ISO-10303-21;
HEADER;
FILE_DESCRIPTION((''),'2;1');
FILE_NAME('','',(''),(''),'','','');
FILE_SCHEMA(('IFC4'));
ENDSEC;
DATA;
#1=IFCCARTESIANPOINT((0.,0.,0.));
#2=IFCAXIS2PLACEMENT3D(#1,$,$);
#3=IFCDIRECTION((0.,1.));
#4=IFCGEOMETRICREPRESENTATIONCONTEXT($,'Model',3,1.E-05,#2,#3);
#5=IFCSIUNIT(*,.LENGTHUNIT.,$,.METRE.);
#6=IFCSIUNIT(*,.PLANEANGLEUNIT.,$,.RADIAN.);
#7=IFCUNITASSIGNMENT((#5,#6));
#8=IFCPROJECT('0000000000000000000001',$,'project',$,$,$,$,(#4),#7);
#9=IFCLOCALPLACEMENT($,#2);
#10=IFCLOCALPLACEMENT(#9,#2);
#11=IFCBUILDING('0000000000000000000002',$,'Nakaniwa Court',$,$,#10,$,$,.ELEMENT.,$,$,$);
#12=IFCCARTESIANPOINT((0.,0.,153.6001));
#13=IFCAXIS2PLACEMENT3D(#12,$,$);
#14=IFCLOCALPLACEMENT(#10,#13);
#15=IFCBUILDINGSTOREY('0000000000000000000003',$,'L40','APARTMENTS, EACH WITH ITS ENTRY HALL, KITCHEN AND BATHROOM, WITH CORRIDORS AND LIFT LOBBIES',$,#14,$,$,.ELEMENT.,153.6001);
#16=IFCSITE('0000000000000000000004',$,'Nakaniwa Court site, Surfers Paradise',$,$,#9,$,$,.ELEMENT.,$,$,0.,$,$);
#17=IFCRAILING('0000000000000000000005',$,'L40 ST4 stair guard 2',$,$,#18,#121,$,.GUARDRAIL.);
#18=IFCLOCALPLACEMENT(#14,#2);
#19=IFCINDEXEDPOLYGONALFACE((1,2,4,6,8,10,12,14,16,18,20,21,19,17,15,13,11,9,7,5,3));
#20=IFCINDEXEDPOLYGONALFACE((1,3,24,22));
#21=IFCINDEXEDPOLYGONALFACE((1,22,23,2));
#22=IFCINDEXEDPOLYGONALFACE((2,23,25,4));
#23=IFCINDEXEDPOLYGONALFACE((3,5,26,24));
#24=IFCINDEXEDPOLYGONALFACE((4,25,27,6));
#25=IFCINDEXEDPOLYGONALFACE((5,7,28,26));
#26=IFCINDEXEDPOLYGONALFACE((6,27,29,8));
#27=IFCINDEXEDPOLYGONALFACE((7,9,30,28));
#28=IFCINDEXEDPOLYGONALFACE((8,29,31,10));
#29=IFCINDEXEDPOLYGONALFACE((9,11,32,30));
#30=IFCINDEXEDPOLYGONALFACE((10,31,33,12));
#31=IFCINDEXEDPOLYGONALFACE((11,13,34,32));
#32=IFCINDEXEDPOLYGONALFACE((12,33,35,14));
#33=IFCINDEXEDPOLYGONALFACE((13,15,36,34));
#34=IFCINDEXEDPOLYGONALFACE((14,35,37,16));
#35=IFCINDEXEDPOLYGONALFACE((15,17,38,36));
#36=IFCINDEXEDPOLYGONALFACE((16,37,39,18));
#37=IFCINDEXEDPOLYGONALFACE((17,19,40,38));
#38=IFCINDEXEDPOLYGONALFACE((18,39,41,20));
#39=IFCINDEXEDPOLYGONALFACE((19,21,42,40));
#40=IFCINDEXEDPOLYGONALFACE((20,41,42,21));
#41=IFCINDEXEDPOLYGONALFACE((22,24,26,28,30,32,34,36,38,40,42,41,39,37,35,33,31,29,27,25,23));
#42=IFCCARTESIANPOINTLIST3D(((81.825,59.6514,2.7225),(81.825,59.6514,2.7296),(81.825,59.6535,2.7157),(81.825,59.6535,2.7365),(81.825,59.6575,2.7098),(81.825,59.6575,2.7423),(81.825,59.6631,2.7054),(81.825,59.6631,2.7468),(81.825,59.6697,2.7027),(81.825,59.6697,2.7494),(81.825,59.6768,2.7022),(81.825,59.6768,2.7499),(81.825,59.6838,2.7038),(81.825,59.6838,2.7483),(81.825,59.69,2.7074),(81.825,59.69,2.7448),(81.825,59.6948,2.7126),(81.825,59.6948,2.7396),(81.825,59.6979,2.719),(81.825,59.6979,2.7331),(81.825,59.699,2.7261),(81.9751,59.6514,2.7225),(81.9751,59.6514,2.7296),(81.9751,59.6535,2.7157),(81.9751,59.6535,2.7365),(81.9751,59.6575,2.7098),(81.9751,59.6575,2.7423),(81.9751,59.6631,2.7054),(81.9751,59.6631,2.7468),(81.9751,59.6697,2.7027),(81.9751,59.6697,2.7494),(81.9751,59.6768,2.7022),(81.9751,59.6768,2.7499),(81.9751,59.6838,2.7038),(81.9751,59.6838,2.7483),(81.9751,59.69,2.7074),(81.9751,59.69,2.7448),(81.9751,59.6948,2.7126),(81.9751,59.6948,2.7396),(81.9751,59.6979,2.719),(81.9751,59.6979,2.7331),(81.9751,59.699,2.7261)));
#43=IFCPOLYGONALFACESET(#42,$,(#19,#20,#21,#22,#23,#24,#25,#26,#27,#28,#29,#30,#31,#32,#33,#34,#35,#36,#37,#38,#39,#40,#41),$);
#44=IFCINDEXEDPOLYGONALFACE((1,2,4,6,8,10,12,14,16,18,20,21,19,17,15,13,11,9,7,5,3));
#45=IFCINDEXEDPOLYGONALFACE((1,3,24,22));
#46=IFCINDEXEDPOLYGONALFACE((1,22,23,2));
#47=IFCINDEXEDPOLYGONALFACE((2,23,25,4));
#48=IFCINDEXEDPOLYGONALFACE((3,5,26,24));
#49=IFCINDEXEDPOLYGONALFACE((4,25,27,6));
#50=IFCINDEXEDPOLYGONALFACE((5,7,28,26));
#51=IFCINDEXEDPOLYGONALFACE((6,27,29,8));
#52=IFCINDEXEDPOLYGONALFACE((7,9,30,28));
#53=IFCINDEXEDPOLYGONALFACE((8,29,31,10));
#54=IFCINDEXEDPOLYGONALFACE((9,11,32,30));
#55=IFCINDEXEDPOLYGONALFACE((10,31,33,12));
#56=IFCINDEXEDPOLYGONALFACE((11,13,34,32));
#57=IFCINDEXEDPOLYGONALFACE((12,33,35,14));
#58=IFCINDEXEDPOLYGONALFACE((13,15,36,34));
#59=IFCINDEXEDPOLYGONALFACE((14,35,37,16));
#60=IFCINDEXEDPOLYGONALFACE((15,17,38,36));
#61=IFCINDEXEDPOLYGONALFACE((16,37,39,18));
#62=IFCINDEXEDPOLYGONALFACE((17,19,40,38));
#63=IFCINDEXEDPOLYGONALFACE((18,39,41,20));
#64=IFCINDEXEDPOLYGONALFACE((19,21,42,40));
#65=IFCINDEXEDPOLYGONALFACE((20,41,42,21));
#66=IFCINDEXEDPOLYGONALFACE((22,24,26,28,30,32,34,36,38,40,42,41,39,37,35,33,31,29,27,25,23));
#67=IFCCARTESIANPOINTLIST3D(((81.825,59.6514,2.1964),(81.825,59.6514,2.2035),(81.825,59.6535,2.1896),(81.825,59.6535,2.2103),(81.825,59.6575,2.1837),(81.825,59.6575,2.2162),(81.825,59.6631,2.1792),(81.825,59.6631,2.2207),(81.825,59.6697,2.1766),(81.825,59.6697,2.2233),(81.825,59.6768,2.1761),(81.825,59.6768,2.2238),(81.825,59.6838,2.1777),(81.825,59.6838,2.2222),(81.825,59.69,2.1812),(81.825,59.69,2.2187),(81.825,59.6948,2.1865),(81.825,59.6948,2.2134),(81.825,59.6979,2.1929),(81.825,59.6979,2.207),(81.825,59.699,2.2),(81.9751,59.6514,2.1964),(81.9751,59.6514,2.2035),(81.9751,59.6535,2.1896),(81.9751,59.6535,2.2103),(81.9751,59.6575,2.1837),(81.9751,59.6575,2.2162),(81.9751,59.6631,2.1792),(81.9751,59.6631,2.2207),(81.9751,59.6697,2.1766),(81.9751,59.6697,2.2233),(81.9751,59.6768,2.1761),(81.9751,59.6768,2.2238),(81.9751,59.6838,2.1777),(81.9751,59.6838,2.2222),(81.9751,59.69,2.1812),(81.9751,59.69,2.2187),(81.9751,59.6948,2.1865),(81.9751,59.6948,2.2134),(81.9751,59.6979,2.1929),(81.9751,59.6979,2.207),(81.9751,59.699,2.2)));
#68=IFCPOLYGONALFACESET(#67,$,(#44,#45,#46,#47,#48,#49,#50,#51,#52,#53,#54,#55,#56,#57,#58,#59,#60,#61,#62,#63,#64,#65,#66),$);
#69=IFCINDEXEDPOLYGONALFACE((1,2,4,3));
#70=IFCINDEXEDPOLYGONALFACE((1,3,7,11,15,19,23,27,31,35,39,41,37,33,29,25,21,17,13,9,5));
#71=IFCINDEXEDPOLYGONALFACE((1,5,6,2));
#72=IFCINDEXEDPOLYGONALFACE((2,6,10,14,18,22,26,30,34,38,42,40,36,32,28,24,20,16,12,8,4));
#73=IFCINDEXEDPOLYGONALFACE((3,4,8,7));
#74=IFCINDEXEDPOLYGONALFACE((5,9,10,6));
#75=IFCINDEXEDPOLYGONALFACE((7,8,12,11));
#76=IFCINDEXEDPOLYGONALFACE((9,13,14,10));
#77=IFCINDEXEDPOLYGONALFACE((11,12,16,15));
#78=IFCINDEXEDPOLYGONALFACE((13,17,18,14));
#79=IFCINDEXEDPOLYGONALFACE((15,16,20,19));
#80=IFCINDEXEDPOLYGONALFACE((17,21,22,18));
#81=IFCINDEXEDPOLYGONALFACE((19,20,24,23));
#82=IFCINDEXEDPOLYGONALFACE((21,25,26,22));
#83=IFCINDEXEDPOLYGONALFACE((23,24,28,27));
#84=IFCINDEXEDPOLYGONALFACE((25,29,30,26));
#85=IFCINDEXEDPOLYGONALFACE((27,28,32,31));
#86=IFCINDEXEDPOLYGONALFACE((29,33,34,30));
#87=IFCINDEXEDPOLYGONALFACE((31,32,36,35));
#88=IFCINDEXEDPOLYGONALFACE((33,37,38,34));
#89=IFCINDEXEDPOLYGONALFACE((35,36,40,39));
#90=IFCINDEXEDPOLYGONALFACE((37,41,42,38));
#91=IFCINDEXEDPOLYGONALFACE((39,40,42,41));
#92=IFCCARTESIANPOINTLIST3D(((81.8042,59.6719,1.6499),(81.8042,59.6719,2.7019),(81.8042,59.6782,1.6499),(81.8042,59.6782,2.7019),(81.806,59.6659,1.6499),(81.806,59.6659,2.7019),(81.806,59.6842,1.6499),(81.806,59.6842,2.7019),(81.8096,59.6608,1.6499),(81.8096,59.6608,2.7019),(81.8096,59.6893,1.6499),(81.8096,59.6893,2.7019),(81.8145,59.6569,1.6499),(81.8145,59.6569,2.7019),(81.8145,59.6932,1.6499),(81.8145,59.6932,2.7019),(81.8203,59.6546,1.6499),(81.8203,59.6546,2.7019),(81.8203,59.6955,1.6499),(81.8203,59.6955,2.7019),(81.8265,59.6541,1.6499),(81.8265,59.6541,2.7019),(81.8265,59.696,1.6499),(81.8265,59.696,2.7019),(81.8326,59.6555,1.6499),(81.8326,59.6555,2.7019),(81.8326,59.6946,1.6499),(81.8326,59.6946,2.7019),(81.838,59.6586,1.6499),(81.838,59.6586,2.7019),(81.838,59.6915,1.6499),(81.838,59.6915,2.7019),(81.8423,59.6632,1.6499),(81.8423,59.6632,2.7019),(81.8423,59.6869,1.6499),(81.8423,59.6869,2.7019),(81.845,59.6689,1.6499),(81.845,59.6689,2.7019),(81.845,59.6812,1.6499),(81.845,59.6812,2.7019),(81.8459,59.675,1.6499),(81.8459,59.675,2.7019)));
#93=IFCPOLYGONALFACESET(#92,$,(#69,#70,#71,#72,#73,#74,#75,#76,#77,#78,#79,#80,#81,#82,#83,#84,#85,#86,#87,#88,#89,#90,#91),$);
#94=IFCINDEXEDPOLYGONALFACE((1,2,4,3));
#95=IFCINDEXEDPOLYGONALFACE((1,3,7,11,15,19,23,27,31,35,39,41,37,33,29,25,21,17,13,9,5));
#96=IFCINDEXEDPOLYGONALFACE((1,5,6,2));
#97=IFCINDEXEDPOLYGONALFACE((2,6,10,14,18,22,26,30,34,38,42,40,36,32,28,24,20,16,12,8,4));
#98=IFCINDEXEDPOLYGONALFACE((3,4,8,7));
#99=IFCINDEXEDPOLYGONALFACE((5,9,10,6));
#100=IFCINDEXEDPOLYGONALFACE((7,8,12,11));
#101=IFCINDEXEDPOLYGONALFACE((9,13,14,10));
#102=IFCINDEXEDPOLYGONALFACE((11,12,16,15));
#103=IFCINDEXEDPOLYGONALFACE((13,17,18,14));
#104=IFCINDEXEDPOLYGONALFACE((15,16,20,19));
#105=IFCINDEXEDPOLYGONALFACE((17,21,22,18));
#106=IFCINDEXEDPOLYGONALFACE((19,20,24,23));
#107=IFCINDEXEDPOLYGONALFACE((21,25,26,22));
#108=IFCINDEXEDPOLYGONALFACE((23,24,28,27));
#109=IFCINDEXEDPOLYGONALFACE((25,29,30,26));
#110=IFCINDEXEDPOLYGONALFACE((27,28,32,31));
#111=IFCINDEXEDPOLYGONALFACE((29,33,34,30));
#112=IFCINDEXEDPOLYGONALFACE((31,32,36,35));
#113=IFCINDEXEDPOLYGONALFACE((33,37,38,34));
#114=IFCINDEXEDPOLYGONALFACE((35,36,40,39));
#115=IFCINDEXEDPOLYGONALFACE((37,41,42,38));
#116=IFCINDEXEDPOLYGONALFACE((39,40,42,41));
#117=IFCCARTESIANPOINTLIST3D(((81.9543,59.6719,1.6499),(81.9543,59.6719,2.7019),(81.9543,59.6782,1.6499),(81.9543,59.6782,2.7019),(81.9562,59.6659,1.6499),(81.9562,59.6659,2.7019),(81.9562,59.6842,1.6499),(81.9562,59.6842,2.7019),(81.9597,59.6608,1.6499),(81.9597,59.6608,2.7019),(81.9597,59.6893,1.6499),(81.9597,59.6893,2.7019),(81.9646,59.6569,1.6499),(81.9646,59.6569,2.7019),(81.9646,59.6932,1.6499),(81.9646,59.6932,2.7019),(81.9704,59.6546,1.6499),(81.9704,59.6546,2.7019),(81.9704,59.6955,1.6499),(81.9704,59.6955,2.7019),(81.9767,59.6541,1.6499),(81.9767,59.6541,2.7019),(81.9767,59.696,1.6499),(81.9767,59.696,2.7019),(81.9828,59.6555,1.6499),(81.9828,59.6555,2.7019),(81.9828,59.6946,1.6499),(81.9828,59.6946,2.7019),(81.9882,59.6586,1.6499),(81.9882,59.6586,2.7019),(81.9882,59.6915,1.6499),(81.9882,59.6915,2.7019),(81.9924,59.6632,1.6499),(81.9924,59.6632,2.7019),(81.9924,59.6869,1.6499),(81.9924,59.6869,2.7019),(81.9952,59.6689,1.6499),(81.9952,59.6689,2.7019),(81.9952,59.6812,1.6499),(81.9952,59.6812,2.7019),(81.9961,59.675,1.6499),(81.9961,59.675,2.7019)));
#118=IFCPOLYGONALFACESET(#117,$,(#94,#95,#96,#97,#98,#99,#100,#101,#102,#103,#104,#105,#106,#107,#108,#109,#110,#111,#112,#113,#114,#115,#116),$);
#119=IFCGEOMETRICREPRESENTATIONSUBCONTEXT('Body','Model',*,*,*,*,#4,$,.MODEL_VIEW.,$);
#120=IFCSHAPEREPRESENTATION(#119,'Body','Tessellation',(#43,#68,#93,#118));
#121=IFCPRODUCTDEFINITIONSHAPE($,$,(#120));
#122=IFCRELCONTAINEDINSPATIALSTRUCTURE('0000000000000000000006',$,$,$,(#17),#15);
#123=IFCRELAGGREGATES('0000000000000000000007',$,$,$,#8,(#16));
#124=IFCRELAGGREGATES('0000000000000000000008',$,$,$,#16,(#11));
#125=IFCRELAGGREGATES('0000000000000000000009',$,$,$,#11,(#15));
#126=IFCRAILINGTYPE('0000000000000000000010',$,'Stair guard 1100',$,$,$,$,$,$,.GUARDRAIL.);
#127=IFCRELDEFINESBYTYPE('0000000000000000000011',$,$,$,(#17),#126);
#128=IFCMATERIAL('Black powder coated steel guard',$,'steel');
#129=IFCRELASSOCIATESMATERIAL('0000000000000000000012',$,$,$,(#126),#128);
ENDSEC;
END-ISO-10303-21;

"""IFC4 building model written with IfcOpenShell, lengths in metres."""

from ifc_helpers import new_model, si_unit, direction, frame, origin, origin_2d, place, context, subcontext, project, spatial, circle, extrude, material, type_object, element, save


model = new_model("IFC4")

# Units and contexts
model_context = context("Model", 3, precision=1e-05, world=origin(), true_north=direction((0.0, 1.0)))
body_context = subcontext(model_context, "Body", "Model", "MODEL_VIEW")
ifc_project = project(units=[si_unit("LENGTHUNIT", "METRE"), si_unit("PLANEANGLEUNIT", "RADIAN")], contexts=[model_context])

# Site, building, storey
site_placement = place(None, origin())
site = spatial("IfcSite", under=ifc_project, at=site_placement, Name="Nakaniwa Court site, Surfers Paradise", CompositionType="ELEMENT", RefElevation=0.0)
building_placement = place(site_placement, origin())
building = spatial("IfcBuilding", under=site, at=building_placement, Name="Nakaniwa Court", CompositionType="ELEMENT")
storey_placement = place(building_placement, frame((0.0, 0.0, 153.6001)))
storey = spatial("IfcBuildingStorey", under=building, at=storey_placement, Name="L40", Description="APARTMENTS, EACH WITH ITS ENTRY HALL, KITCHEN AND BATHROOM, WITH CORRIDORS AND LIFT LOBBIES", CompositionType="ELEMENT", Elevation=153.6001)

# Railing
ifc_material_1 = material(Name="Black powder coated steel guard", Category="steel")
railing_type_1 = type_object("IfcRailingType", Name="Stair guard 1100", PredefinedType="GUARDRAIL", material=ifc_material_1)
railing_1_placement = place(storey_placement, frame((81.825, 59.675, 1.6499)))
element("IfcRailing", 1, at=railing_1_placement, inside=storey, type_object=railing_type_1, Name="L40 ST4 stair guard 2", PredefinedType="GUARDRAIL", context=body_context, shape_type="SweptSolid", body=[
    extrude(circle(Radius=0.0239, at=origin_2d()), frame((0.0, 0.0, 1.0762), z_axis=(1.0, 0.0, 0.0), x_axis=(0.0, 1.0, 0.0)), (0.0, 0.0, 1.0), 0.1501),
    extrude(circle(Radius=0.0239, at=origin_2d()), frame((0.0, 0.0, 0.55), z_axis=(1.0, 0.0, 0.0), x_axis=(0.0, 1.0, 0.0)), (0.0, 0.0, 1.0), 0.1501),
    extrude(circle(Radius=0.021, at=origin_2d()), origin(), (0.0, 0.0, 1.0), 1.052),
    extrude(circle(Radius=0.021, at=origin_2d()), frame((0.1501, 0.0, 0.0)), (0.0, 0.0, 1.0), 1.052),
])

save(model, "model.ifc")
